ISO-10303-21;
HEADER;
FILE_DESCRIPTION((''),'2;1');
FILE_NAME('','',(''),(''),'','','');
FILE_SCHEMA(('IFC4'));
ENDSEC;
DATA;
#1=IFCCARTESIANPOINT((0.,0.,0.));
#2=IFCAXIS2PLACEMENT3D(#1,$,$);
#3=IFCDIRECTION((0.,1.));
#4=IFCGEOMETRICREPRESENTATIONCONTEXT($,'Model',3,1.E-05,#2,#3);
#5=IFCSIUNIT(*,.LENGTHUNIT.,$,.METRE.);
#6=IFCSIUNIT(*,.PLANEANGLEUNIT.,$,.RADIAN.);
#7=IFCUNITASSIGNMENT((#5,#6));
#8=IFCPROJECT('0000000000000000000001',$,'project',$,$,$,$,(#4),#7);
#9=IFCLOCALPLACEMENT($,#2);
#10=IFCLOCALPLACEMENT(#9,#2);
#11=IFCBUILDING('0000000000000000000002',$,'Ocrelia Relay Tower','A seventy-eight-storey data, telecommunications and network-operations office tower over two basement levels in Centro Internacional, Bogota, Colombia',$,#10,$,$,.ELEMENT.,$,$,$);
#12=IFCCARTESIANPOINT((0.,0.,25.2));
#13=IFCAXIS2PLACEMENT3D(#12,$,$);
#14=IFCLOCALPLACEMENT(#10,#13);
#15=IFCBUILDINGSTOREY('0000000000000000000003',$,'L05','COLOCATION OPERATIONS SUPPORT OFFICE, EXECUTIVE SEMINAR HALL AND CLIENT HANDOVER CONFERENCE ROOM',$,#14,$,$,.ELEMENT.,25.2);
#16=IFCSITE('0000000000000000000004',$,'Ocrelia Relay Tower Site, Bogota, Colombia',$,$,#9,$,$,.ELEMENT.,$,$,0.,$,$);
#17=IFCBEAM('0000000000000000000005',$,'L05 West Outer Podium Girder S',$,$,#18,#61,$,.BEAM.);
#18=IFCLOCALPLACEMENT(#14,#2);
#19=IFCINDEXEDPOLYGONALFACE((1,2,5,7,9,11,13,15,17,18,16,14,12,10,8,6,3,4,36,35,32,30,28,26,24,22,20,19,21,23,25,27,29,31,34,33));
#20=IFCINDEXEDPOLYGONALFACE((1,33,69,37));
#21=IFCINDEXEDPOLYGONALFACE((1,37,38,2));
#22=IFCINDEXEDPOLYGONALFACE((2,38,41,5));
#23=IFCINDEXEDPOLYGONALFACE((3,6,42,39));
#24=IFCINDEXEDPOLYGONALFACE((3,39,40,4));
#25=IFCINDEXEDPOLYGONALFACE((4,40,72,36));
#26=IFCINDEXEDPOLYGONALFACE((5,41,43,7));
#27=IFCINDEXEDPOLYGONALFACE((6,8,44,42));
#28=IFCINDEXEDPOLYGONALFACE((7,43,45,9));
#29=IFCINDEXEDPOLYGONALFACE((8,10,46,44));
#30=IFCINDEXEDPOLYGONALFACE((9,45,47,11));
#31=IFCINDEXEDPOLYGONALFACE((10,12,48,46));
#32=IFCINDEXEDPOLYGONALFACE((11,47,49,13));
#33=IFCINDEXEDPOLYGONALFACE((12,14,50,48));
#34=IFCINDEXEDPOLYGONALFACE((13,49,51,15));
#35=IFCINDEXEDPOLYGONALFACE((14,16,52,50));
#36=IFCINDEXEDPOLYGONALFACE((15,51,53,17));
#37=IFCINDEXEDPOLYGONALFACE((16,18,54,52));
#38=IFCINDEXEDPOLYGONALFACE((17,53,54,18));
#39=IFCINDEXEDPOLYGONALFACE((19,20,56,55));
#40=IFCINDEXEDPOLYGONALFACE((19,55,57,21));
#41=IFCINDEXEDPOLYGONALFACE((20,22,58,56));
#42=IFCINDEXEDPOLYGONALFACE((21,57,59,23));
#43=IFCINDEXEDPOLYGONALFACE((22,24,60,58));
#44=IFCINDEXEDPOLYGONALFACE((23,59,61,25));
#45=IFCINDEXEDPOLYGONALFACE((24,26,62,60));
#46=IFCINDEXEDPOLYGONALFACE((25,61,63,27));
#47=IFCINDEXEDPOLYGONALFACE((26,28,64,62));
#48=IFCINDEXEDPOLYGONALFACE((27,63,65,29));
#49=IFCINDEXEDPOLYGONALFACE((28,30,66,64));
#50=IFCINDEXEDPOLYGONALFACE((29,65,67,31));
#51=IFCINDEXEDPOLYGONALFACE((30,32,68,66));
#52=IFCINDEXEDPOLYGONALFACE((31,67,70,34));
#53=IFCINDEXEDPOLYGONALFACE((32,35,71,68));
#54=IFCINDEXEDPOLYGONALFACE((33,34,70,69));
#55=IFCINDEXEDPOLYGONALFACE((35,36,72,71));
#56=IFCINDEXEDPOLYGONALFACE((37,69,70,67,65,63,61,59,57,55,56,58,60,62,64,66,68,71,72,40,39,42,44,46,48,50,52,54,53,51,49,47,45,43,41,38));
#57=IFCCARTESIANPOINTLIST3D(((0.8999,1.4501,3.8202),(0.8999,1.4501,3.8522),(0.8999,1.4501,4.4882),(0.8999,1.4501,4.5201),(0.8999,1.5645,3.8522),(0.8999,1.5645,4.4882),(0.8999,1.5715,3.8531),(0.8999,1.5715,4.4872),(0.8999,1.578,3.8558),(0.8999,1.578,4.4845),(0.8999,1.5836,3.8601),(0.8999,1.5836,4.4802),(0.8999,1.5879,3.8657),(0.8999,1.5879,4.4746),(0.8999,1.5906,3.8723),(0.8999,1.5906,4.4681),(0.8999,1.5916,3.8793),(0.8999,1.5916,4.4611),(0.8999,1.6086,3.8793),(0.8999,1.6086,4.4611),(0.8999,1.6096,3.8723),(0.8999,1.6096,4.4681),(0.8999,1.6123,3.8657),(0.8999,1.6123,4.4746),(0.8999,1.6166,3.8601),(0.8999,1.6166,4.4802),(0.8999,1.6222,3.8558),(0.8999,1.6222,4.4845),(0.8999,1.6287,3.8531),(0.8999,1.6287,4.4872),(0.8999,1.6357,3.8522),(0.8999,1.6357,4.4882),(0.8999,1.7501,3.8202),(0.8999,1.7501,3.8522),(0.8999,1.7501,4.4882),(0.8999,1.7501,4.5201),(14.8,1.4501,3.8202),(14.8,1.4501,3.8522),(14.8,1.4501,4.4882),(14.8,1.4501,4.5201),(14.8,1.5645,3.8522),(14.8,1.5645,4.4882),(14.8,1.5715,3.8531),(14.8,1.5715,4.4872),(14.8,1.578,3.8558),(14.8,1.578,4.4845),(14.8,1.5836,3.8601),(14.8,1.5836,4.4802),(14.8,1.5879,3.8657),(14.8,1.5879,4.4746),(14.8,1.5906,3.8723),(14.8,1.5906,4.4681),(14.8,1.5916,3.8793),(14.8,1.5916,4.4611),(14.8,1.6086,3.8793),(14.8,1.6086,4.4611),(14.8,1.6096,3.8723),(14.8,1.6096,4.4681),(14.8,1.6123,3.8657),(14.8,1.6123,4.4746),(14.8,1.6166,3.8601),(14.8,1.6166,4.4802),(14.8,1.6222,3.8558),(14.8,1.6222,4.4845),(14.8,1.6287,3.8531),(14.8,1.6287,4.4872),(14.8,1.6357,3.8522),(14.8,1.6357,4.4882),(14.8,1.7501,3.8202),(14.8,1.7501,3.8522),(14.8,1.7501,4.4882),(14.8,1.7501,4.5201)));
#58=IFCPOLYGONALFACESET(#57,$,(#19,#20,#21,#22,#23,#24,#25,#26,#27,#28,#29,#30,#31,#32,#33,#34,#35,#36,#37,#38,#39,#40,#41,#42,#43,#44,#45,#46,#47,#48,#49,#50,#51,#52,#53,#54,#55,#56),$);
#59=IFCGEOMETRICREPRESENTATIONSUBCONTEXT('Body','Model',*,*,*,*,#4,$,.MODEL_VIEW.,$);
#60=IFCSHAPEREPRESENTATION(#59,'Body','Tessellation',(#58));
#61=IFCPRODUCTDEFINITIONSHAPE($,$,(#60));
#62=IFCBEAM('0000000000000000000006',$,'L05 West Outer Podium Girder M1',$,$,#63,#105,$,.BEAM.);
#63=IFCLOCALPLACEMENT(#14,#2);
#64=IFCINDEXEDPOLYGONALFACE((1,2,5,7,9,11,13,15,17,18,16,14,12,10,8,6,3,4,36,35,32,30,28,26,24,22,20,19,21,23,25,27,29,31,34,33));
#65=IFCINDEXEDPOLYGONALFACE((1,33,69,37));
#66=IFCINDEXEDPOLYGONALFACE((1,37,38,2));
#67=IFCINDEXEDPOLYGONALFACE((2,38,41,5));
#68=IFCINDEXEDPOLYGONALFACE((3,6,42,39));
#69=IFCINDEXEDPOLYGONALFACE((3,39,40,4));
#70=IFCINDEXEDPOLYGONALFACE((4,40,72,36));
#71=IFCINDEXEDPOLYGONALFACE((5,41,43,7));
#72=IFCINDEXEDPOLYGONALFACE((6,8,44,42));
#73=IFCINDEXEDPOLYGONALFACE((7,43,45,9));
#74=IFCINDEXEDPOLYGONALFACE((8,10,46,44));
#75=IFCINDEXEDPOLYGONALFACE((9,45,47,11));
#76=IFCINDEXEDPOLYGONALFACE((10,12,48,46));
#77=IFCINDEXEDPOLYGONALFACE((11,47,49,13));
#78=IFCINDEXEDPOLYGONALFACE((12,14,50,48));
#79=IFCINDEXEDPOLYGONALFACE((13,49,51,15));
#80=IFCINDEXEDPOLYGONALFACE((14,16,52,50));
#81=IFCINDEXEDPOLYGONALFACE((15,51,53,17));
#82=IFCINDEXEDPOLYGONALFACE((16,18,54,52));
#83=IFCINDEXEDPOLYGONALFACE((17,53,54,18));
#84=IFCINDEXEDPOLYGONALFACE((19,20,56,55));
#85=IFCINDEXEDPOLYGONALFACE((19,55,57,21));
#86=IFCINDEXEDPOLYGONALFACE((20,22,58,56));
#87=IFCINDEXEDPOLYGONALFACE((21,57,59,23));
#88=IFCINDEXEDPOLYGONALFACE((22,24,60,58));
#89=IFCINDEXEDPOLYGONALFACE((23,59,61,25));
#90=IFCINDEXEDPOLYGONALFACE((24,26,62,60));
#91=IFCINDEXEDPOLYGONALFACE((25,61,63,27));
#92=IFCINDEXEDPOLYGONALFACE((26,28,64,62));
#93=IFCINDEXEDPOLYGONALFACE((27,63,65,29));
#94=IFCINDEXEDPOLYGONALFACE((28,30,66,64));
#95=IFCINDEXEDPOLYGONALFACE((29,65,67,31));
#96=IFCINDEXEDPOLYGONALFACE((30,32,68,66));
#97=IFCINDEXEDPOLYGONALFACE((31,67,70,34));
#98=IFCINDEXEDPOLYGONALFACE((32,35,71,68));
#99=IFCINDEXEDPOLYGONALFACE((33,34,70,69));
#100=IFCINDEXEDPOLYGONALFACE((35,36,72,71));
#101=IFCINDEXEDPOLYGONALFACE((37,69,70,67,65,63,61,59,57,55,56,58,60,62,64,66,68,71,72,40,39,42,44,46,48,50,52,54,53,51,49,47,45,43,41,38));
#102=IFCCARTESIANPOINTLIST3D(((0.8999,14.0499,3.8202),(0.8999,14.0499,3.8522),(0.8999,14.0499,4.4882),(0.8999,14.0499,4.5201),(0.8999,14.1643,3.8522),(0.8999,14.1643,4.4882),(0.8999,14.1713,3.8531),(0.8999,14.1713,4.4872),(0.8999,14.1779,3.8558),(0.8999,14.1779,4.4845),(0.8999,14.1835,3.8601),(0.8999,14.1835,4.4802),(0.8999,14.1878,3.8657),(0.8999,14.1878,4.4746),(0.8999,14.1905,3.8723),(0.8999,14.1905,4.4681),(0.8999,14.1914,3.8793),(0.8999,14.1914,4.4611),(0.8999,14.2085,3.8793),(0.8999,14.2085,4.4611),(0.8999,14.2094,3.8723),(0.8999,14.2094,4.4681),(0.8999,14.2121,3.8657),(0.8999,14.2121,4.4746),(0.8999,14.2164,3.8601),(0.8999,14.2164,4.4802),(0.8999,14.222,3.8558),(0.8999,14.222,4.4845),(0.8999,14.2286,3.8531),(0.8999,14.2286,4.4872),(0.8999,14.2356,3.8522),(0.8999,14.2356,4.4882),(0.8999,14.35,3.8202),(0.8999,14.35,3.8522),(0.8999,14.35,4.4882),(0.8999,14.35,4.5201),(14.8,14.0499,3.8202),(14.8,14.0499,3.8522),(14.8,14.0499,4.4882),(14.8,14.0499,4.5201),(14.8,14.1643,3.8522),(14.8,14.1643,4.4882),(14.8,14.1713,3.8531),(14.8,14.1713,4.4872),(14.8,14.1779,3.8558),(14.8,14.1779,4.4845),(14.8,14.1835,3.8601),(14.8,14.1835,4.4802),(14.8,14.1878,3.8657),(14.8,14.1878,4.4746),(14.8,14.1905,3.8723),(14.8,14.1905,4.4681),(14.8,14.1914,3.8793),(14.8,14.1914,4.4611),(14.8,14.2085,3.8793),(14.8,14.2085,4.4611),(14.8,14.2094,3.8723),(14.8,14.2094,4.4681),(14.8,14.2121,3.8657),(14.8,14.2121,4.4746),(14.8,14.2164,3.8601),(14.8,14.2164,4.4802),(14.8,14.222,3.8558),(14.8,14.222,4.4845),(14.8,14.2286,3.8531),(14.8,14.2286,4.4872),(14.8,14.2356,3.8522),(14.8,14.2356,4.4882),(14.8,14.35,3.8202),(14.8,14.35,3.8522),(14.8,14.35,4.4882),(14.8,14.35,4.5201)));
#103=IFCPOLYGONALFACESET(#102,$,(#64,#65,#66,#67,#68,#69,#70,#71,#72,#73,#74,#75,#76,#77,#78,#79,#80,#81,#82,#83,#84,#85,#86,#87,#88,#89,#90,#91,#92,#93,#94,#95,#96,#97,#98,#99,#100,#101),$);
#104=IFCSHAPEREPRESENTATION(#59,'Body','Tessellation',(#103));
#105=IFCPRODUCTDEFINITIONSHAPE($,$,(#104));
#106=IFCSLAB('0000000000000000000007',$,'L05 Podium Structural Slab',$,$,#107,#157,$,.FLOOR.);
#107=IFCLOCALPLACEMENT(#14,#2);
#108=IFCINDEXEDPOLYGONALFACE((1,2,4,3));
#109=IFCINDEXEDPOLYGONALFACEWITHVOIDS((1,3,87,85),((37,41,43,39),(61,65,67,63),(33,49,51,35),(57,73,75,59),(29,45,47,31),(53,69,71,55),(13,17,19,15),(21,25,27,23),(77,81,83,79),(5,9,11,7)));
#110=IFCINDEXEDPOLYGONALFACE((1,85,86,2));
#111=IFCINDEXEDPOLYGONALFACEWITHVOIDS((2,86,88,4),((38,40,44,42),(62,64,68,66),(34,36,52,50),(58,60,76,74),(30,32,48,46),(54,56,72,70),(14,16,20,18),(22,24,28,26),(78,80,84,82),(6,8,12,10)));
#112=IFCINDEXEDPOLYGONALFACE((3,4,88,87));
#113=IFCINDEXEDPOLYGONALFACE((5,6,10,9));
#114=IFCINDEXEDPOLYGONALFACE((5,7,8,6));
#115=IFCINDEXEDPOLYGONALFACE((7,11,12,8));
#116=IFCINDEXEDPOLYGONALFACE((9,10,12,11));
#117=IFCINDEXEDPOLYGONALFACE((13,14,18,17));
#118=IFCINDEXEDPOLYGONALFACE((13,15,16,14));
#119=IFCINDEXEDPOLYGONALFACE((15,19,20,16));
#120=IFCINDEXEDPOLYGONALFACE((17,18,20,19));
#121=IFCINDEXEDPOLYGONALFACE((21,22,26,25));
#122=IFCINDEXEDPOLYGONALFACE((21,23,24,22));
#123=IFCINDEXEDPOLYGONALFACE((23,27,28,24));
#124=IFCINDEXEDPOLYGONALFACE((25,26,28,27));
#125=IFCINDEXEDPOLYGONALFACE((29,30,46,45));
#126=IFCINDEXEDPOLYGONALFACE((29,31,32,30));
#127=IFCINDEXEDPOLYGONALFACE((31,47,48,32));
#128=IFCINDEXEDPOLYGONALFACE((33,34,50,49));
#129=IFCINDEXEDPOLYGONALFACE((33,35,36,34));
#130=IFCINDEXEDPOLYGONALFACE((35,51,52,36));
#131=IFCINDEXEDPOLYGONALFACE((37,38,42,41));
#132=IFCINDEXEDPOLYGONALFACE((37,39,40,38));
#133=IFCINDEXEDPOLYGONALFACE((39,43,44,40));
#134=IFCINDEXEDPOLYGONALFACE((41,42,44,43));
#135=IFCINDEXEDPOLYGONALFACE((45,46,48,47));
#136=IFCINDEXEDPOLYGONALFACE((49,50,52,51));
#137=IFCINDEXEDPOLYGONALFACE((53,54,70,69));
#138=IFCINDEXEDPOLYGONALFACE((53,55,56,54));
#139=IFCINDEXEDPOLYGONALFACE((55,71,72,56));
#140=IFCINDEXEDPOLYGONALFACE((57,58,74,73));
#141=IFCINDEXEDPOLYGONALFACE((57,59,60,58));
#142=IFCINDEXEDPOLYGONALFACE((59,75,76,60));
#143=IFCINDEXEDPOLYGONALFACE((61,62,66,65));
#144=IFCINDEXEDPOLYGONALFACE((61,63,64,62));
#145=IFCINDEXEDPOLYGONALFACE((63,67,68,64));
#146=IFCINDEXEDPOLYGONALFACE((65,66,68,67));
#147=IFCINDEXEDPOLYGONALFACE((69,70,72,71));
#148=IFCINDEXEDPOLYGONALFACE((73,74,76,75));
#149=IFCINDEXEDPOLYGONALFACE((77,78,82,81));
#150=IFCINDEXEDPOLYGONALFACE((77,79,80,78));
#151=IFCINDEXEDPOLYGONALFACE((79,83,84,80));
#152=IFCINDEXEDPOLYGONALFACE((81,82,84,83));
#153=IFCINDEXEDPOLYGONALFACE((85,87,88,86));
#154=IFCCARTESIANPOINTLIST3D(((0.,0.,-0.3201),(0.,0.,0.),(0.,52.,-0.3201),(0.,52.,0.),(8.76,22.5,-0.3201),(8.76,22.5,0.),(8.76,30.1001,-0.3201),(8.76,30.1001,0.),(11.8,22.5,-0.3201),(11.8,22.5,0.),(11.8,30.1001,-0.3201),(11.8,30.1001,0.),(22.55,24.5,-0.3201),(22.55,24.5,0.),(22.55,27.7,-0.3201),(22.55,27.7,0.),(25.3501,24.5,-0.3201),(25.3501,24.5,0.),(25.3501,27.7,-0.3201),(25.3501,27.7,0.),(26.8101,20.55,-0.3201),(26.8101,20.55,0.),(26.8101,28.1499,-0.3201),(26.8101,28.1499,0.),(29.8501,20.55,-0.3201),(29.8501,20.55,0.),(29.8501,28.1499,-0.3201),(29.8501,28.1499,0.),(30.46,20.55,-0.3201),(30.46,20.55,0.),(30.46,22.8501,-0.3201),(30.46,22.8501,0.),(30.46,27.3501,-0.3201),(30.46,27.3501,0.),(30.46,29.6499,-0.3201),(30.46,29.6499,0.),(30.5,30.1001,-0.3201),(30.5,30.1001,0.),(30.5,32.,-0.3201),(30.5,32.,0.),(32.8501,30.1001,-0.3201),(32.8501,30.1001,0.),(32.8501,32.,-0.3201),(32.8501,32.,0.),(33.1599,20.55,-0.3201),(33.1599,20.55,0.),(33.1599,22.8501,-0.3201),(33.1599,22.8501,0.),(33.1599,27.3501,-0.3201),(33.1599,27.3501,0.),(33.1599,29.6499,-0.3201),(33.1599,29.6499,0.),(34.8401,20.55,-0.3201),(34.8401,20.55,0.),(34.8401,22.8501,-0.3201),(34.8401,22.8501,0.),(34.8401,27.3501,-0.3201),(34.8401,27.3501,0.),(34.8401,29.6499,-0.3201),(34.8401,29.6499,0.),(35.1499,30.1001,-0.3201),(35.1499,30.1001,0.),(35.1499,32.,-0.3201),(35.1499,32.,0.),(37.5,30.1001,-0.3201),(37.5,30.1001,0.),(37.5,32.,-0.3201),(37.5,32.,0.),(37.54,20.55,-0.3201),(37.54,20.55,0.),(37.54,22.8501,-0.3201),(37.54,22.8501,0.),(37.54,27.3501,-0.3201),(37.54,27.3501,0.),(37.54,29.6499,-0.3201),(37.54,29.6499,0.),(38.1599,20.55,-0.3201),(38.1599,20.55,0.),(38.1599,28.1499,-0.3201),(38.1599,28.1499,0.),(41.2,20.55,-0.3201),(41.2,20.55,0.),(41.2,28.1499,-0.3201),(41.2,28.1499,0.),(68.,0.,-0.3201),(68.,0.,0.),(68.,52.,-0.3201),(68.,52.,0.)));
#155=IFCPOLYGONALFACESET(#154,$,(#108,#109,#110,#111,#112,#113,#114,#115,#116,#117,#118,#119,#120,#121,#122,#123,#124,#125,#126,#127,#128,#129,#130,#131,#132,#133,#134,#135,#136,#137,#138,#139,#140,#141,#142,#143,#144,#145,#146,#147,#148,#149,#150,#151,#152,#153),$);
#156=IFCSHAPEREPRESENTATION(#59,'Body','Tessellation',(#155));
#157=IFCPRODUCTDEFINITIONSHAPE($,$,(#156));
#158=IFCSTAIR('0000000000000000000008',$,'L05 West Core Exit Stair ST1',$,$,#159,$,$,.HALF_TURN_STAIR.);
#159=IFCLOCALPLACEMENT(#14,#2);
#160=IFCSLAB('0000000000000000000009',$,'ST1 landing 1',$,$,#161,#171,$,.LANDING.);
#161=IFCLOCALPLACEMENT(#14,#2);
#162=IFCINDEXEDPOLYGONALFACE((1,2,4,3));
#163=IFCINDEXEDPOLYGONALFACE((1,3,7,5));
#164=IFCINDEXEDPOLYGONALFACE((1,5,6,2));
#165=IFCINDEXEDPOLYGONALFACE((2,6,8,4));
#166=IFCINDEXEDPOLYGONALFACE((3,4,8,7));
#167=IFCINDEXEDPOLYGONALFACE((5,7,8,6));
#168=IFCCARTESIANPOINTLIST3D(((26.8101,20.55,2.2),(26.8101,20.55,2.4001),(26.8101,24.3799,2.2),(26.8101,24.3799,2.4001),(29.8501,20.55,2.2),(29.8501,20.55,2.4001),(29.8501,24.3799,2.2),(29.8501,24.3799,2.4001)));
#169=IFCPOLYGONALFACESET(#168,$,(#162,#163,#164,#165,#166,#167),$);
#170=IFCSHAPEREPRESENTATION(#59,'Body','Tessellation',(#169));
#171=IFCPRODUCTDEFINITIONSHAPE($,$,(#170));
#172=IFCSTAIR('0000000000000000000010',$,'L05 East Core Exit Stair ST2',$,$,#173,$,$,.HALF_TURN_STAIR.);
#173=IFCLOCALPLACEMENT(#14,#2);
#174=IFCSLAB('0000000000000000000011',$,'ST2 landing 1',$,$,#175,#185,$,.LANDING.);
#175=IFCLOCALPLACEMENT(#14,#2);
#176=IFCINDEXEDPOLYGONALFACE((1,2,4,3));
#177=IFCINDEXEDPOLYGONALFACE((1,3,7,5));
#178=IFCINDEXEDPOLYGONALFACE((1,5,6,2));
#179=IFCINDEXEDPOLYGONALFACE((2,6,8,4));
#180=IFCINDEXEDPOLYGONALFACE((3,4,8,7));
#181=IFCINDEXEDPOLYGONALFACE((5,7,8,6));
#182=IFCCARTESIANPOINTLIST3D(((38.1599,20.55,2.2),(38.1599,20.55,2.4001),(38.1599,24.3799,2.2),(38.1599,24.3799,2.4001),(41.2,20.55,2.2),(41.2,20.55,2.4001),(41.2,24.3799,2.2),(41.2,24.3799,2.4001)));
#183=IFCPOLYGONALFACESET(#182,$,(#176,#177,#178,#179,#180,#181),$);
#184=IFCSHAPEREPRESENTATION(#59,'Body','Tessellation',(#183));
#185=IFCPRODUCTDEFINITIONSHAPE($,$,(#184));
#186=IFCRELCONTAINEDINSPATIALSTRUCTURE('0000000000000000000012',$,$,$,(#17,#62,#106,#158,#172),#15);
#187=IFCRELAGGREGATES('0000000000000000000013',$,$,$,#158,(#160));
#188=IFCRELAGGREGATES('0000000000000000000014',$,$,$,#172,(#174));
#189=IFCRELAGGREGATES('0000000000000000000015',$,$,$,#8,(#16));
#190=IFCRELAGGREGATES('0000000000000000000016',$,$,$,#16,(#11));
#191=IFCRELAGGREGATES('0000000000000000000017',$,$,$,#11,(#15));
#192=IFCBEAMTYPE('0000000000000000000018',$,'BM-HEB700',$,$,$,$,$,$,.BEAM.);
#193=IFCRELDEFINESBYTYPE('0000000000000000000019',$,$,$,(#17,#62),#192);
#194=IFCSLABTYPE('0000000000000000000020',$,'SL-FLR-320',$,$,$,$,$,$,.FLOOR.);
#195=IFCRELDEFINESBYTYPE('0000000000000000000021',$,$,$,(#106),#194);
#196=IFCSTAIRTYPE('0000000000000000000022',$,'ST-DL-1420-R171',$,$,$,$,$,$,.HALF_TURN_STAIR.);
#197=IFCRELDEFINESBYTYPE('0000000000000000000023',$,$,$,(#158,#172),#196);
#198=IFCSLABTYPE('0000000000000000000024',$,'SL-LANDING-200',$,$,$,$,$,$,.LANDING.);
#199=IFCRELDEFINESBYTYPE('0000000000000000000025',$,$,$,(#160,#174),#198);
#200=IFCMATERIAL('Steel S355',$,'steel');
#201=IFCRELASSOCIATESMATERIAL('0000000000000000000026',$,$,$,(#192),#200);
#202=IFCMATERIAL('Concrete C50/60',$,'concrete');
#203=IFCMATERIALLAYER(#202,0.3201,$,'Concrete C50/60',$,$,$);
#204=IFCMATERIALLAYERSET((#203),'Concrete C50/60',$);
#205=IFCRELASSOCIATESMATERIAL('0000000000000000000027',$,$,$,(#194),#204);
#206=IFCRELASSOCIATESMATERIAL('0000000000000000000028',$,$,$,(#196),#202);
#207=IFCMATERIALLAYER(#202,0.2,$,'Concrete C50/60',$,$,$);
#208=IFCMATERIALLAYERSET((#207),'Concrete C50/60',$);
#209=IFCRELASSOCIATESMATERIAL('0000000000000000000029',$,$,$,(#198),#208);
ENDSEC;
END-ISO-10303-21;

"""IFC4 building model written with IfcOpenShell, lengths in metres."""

from ifc_helpers import new_model, si_unit, direction, frame, origin, origin_2d, place, context, subcontext, project, spatial, polyline, i_section, outline, extrude, material, layer, layer_set, material_profile, profile_set, type_object, element, aggregate, save


model = new_model("IFC4")

# Units and contexts
model_context = context("Model", 3, precision=1e-05, world=origin(), true_north=direction((0.0, 1.0)))
body_context = subcontext(model_context, "Body", "Model", "MODEL_VIEW")
ifc_project = project(units=[si_unit("LENGTHUNIT", "METRE"), si_unit("PLANEANGLEUNIT", "RADIAN")], contexts=[model_context])

# Site, building, storey
site_placement = place(None, origin())
site = spatial("IfcSite", under=ifc_project, at=site_placement, Name="Ocrelia Relay Tower Site, Bogota, Colombia", CompositionType="ELEMENT", RefElevation=0.0)
building_placement = place(site_placement, origin())
building = spatial("IfcBuilding", under=site, at=building_placement, Name="Ocrelia Relay Tower", Description="A seventy-eight-storey data, telecommunications and network-operations office tower over two basement levels in Centro Internacional, Bogota, Colombia", CompositionType="ELEMENT")
storey_placement = place(building_placement, frame((0.0, 0.0, 25.2)))
storey = spatial("IfcBuildingStorey", under=building, at=storey_placement, Name="L05", Description="COLOCATION OPERATIONS SUPPORT OFFICE, EXECUTIVE SEMINAR HALL AND CLIENT HANDOVER CONFERENCE ROOM", CompositionType="ELEMENT", Elevation=25.2)

# Beams
ifc_material_1 = material(Name="Steel S355", Category="steel")
ifc_material_profile_1 = material_profile(ifc_material_1, i_section(OverallWidth=0.3, OverallDepth=0.7, WebThickness=0.0171, FlangeThickness=0.032, FilletRadius=0.0271, at=origin_2d()), Name="HEB 700")
ifc_profile_set_1 = profile_set([ifc_material_profile_1], Name="Steel S355")
beam_type_1 = type_object("IfcBeamType", Name="BM-HEB700", PredefinedType="BEAM", material=ifc_profile_set_1)
for number, where, z_axis, x_axis, name in (
    (1, (0.8999, 1.6001, 4.1702), (1.0, 0.0, 0.0), (0.0, 1.0, 0.0), "L05 West Outer Podium Girder S"),
    (2, (0.8999, 14.2, 4.1702), (1.0, 0.0, 0.0), (0.0, 1.0, 0.0), "L05 West Outer Podium Girder M1"),
):
    element("IfcBeam", number, at=place(storey_placement, frame(where, z_axis=z_axis, x_axis=x_axis)), inside=storey, type_object=beam_type_1, Name=name, PredefinedType="BEAM", context=body_context, shape_type="SweptSolid", body=[
        extrude(i_section(OverallWidth=0.3, OverallDepth=0.7, WebThickness=0.0171, FlangeThickness=0.032, FilletRadius=0.0271, at=origin_2d()), origin(), (0.0, 0.0, 1.0), 13.9001),
    ])

# Slab
ifc_material_2 = material(Name="Concrete C50/60", Category="concrete")
ifc_layer_1 = layer(ifc_material_2, 0.3201, Name="Concrete C50/60")
ifc_layer_set_1 = layer_set([ifc_layer_1], Name="Concrete C50/60")
slab_type_1 = type_object("IfcSlabType", Name="SL-FLR-320", PredefinedType="FLOOR", material=ifc_layer_set_1)
slab_1_placement = place(storey_placement, frame((0.0, 0.0, -0.3201)))
element("IfcSlab", 3, at=slab_1_placement, inside=storey, type_object=slab_type_1, Name="L05 Podium Structural Slab", PredefinedType="FLOOR", context=body_context, shape_type="SweptSolid", body=[
    extrude(outline(polyline([(0.0, 0.0), (68.0, 0.0), (68.0, 52.0), (0.0, 52.0), (0.0, 0.0)]), holes=[polyline([(26.8101, 28.1499), (26.8101, 20.55), (29.8501, 20.55), (29.8501, 28.1499), (26.8101, 28.1499)]), polyline([(38.1599, 28.1499), (38.1599, 20.55), (41.2, 20.55), (41.2, 28.1499), (38.1599, 28.1499)]), polyline([(11.8, 22.5), (11.8, 30.1001), (8.76, 30.1001), (8.76, 22.5), (11.8, 22.5)]), polyline([(30.46, 20.55), (33.1599, 20.55), (33.1599, 22.8501), (30.46, 22.8501), (30.46, 20.55)]), polyline([(34.8401, 20.55), (37.54, 20.55), (37.54, 22.8501), (34.8401, 22.8501), (34.8401, 20.55)]), polyline([(30.46, 27.3501), (33.1599, 27.3501), (33.1599, 29.6499), (30.46, 29.6499), (30.46, 27.3501)]), polyline([(34.8401, 27.3501), (37.54, 27.3501), (37.54, 29.6499), (34.8401, 29.6499), (34.8401, 27.3501)]), polyline([(30.5, 30.1001), (32.8501, 30.1001), (32.8501, 32.0), (30.5, 32.0), (30.5, 30.1001)]), polyline([(35.1499, 30.1001), (37.5, 30.1001), (37.5, 32.0), (35.1499, 32.0), (35.1499, 30.1001)]), polyline([(22.55, 24.5), (25.3501, 24.5), (25.3501, 27.7), (22.55, 27.7), (22.55, 24.5)])]), origin(), (0.0, 0.0, 1.0), 0.3201),
])

# Stairs, slabs
stair_type = type_object("IfcStairType", Name="ST-DL-1420-R171", PredefinedType="HALF_TURN_STAIR", material=ifc_material_2)
stair_1_placement = place(storey_placement, origin())
stair_1 = element("IfcStair", 4, at=stair_1_placement, inside=storey, type_object=stair_type, Name="L05 West Core Exit Stair ST1", PredefinedType="HALF_TURN_STAIR")
ifc_layer_2 = layer(ifc_material_2, 0.2, Name="Concrete C50/60")
ifc_layer_set_2 = layer_set([ifc_layer_2], Name="Concrete C50/60")
slab_type_2 = type_object("IfcSlabType", Name="SL-LANDING-200", PredefinedType="LANDING", material=ifc_layer_set_2)
slab_2_placement = place(storey_placement, frame((0.0, 0.0, 2.2)))
slab_2 = element("IfcSlab", 5, at=slab_2_placement, type_object=slab_type_2, Name="ST1 landing 1", PredefinedType="LANDING", context=body_context, shape_type="SweptSolid", body=[
    extrude(outline(polyline([(26.8101, 24.3799), (26.8101, 20.55), (29.8501, 20.55), (29.8501, 24.3799), (26.8101, 24.3799)])), origin(), (0.0, 0.0, 1.0), 0.2002),
])
aggregate(stair_1, [slab_2])
stair_2_placement = place(storey_placement, origin())
stair_2 = element("IfcStair", 6, at=stair_2_placement, inside=storey, type_object=stair_type, Name="L05 East Core Exit Stair ST2", PredefinedType="HALF_TURN_STAIR")
slab_3_placement = place(storey_placement, frame((0.0, 0.0, 2.2)))
slab_3 = element("IfcSlab", 7, at=slab_3_placement, type_object=slab_type_2, Name="ST2 landing 1", PredefinedType="LANDING", context=body_context, shape_type="SweptSolid", body=[
    extrude(outline(polyline([(38.1599, 24.3799), (38.1599, 20.55), (41.2, 20.55), (41.2, 24.3799), (38.1599, 24.3799)])), origin(), (0.0, 0.0, 1.0), 0.2002),
])
aggregate(stair_2, [slab_3])

save(model, "model.ifc")
